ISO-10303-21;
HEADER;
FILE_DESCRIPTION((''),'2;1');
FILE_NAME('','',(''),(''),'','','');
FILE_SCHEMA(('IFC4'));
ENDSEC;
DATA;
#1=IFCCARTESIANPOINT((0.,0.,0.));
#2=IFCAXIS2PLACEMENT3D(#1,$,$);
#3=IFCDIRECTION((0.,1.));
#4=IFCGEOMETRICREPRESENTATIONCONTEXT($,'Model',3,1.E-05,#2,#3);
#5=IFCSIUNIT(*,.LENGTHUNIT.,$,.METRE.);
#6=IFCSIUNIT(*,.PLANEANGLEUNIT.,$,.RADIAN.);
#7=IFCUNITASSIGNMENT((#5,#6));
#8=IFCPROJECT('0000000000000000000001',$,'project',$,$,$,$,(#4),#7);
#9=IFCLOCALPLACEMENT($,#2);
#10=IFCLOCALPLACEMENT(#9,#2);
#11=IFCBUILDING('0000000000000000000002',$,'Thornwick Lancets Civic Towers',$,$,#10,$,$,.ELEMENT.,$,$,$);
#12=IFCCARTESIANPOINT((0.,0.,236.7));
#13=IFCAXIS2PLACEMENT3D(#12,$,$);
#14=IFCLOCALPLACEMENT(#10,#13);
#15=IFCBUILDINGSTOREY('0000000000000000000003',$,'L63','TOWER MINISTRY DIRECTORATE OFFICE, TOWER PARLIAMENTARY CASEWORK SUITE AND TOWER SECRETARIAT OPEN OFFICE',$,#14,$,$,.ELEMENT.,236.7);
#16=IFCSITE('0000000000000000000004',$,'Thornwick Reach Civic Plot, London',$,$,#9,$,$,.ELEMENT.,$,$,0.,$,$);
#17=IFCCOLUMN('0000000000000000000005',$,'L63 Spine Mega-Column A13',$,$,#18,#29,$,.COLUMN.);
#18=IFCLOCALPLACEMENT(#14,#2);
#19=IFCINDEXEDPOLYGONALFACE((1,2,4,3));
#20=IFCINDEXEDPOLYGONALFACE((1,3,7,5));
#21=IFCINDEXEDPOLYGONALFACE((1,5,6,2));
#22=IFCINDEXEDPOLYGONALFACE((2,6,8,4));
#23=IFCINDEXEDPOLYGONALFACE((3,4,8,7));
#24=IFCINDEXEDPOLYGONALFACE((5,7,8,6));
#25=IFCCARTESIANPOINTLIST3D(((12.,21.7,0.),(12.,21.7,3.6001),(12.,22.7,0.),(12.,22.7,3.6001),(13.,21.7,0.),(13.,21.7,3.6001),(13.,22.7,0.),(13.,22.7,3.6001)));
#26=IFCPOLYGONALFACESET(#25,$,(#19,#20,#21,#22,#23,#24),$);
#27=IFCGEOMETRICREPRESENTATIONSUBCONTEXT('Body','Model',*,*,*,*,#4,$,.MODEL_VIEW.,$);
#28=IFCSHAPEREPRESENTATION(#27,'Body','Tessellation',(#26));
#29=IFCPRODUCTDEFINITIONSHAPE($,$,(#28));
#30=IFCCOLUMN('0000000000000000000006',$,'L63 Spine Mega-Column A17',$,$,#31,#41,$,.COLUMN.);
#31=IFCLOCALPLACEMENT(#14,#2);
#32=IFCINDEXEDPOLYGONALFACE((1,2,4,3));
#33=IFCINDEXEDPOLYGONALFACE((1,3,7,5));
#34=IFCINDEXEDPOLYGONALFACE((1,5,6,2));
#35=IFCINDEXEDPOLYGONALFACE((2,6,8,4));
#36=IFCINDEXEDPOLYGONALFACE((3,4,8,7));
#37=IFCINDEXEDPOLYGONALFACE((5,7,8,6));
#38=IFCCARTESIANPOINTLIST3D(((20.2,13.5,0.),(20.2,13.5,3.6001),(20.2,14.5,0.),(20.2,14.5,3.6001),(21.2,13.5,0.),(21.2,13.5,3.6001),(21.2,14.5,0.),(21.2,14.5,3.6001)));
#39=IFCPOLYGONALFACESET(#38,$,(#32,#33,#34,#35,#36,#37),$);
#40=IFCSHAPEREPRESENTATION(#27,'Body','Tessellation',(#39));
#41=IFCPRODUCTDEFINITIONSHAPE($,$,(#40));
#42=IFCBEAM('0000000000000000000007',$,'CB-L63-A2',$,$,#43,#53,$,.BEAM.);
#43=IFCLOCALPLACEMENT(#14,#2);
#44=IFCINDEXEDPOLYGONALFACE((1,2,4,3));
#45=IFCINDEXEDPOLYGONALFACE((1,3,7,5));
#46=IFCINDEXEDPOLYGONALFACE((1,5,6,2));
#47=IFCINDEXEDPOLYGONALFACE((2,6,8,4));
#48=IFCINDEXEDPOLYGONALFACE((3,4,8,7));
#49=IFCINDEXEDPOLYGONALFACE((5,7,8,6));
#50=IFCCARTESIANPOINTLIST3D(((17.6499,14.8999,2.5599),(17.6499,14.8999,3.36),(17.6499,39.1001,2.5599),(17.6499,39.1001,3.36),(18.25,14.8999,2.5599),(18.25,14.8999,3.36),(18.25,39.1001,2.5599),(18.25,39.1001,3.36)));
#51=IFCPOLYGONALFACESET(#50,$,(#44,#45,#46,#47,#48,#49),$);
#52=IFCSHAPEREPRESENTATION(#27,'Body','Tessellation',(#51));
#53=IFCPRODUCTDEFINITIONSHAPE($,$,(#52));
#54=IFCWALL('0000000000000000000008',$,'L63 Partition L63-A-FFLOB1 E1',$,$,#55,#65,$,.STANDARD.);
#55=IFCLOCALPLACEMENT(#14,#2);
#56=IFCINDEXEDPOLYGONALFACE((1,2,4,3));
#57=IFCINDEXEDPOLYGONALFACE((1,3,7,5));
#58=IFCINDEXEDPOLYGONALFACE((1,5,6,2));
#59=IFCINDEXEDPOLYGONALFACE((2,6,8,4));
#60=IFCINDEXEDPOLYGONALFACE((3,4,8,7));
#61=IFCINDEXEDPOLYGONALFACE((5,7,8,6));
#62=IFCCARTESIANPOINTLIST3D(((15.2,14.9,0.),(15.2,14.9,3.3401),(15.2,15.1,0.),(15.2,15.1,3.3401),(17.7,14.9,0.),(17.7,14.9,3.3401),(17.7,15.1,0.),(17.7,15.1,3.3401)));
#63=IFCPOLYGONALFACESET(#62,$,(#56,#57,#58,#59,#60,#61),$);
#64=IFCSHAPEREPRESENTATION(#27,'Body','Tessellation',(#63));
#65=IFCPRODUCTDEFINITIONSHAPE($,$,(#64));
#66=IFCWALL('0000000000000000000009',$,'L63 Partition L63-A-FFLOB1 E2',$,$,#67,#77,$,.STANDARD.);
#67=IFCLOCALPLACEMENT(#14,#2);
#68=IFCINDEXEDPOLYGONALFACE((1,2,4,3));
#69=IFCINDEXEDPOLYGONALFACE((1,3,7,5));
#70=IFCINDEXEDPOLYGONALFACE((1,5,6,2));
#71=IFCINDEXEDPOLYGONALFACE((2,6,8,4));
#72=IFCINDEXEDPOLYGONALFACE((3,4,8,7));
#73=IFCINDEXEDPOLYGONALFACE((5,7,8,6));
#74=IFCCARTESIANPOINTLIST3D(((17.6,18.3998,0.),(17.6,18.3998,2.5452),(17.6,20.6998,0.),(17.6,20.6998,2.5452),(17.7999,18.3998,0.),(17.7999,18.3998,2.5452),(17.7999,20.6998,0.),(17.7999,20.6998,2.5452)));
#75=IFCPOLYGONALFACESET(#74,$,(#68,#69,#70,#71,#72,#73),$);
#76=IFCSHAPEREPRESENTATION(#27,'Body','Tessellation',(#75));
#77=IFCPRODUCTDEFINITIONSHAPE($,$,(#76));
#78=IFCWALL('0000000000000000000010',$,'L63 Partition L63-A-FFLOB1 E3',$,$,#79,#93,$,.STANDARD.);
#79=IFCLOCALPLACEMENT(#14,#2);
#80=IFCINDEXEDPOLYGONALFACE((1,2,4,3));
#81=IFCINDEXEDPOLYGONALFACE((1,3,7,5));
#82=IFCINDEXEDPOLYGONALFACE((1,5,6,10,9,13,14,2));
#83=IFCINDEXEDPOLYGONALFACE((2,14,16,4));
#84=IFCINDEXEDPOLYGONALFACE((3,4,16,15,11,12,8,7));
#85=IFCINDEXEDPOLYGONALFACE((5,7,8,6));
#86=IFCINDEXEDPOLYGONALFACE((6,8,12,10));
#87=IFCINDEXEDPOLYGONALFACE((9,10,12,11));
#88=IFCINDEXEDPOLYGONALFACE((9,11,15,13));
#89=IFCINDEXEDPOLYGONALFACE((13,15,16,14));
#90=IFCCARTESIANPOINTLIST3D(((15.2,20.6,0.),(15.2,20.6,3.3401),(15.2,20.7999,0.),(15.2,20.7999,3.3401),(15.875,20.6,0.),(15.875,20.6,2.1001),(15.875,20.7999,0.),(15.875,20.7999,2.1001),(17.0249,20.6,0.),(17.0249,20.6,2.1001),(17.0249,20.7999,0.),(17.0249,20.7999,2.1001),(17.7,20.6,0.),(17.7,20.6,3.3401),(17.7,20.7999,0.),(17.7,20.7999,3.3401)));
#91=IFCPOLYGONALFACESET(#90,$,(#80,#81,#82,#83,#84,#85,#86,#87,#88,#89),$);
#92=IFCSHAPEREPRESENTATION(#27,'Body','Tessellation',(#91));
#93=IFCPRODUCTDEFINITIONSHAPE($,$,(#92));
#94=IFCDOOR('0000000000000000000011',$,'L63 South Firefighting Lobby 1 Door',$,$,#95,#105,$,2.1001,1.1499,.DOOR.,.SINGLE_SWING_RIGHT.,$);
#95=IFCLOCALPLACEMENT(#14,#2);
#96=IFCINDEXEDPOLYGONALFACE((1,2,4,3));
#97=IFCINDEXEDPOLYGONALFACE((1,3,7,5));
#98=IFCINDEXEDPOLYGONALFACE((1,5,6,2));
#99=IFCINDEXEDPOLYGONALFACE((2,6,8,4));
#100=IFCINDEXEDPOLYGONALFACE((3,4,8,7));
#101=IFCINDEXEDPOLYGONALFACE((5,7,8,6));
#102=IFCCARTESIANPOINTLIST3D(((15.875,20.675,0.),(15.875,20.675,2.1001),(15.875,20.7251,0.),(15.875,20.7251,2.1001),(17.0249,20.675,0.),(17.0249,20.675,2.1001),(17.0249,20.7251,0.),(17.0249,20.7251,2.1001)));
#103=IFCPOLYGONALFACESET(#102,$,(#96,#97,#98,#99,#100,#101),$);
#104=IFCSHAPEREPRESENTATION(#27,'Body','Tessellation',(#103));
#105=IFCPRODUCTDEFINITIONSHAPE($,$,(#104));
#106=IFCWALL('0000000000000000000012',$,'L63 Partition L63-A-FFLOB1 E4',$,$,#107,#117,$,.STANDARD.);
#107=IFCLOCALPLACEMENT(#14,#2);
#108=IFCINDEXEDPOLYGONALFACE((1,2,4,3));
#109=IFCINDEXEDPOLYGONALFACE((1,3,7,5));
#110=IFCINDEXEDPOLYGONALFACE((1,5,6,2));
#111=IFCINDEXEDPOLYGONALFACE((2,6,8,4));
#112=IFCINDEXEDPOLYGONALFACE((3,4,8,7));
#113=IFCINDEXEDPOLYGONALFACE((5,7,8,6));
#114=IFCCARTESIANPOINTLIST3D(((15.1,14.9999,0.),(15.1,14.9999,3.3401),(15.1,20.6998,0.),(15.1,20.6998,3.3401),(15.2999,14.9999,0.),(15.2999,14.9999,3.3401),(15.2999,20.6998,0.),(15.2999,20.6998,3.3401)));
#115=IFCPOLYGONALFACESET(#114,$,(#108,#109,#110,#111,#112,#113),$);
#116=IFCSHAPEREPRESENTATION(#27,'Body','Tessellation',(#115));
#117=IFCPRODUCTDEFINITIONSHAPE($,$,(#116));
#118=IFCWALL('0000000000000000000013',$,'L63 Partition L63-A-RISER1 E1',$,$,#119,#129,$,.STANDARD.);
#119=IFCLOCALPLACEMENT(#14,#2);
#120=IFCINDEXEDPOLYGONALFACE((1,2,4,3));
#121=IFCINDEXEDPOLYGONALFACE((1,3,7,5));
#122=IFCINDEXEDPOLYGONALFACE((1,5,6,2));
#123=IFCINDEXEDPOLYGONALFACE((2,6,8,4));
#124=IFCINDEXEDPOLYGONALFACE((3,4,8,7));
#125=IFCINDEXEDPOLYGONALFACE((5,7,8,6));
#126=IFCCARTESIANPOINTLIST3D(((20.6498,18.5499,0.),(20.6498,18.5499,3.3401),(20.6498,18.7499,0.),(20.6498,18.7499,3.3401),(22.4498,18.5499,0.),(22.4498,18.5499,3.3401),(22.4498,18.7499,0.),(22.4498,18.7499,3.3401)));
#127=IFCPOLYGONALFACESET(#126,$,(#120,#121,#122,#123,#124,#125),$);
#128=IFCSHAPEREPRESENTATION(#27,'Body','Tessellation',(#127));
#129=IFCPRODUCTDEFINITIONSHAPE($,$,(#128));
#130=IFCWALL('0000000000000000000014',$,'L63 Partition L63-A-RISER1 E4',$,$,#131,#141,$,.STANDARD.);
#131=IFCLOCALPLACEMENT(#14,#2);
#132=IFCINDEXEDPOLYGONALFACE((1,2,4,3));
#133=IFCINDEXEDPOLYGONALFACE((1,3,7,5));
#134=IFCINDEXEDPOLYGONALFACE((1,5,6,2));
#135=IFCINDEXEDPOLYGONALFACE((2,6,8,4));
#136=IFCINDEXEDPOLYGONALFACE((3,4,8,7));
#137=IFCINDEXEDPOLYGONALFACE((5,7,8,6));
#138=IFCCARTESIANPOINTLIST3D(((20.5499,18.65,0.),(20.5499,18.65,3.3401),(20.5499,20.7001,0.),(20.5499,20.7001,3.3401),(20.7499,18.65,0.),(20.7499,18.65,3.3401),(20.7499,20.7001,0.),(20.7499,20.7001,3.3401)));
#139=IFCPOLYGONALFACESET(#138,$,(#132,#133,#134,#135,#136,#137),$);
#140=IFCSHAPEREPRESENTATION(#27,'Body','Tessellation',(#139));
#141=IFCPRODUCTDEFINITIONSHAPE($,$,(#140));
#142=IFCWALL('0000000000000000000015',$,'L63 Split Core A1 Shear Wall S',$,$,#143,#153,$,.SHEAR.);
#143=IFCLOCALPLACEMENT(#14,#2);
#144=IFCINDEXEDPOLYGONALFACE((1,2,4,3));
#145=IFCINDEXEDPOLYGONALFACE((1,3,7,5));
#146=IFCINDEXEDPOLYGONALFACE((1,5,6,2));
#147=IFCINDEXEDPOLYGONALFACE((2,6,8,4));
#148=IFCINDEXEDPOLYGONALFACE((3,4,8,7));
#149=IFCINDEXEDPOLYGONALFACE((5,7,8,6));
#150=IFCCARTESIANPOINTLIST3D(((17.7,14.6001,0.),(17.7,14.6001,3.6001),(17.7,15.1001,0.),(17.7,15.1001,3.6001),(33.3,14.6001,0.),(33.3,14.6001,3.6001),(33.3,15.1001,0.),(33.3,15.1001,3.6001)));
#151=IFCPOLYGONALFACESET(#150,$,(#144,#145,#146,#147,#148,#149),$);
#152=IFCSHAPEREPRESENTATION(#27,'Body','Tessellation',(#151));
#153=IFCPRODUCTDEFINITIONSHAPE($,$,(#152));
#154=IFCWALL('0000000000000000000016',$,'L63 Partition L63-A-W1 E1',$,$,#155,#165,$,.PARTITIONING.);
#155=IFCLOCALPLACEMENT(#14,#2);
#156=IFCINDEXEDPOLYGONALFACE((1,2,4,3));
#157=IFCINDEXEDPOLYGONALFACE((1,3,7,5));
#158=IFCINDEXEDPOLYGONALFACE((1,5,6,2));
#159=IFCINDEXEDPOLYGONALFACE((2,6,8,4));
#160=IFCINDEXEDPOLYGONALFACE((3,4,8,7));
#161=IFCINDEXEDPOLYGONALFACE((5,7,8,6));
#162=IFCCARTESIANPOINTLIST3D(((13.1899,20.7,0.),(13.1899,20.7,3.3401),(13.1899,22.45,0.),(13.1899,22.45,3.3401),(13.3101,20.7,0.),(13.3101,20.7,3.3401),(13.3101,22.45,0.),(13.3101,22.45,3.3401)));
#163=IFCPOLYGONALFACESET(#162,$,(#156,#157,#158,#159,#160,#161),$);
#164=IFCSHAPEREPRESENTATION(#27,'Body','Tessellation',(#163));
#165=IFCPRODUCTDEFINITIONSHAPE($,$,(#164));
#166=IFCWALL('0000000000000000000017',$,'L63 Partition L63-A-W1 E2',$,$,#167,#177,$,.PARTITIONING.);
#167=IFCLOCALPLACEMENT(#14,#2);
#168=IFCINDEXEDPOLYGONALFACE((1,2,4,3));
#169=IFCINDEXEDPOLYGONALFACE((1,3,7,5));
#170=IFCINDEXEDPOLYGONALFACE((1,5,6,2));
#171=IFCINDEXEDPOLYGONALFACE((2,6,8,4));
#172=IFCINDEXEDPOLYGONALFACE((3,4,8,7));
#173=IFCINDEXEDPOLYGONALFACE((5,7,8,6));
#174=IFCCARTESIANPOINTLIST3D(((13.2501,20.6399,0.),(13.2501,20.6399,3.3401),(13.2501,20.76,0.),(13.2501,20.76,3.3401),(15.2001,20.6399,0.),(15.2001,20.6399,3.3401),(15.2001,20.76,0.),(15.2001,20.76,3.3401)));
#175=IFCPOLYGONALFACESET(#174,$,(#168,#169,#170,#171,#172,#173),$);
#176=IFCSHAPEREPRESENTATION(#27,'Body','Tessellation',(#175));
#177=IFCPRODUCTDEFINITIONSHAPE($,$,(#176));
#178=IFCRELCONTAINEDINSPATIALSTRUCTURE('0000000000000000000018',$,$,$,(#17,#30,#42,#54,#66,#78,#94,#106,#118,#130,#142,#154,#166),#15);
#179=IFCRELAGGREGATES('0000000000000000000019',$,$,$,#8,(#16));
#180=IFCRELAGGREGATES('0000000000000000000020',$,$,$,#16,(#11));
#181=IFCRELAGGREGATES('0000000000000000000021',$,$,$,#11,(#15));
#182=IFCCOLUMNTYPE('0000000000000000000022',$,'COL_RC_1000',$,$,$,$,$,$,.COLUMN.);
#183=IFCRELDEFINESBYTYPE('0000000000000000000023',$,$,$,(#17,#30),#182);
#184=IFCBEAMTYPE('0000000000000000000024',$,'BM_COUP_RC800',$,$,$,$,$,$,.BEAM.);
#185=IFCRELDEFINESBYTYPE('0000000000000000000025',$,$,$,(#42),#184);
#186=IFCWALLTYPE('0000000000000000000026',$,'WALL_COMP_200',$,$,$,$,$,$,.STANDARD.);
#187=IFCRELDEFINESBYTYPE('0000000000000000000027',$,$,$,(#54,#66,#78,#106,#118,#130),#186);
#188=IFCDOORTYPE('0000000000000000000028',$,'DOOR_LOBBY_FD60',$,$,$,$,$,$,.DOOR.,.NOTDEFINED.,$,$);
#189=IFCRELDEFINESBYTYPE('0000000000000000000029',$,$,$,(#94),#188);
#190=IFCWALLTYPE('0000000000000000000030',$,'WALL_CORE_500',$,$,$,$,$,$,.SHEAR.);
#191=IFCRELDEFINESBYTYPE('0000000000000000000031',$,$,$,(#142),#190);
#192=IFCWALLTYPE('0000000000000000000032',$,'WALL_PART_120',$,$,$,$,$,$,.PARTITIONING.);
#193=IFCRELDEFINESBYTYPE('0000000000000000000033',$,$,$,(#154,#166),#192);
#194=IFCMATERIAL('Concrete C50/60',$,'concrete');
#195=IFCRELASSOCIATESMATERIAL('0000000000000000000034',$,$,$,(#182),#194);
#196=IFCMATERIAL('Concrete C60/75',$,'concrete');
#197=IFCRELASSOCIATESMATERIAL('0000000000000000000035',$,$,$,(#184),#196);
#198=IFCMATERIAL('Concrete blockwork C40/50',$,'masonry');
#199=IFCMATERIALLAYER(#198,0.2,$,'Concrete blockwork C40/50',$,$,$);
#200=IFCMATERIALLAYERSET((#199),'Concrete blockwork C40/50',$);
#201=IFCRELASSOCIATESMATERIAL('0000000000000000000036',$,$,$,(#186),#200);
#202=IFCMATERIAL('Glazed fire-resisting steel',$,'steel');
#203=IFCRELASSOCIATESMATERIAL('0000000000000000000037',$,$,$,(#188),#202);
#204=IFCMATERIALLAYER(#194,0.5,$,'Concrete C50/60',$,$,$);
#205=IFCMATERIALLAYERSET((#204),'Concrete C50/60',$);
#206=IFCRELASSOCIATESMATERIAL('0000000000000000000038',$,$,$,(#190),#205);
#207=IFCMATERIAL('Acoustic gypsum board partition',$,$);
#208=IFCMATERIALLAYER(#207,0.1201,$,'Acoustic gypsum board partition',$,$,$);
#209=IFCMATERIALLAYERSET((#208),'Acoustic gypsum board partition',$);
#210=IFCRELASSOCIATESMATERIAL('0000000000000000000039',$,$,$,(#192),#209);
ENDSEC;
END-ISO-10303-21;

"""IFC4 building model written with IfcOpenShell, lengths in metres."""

from ifc_helpers import new_model, si_unit, direction, frame, frame_2d, origin, origin_2d, place, context, subcontext, project, spatial, rectangle, extrude, material, layer, layer_set, material_profile, profile_set, type_object, element, fill, save


model = new_model("IFC4")

# Units and contexts
model_context = context("Model", 3, precision=1e-05, world=origin(), true_north=direction((0.0, 1.0)))
body_context = subcontext(model_context, "Body", "Model", "MODEL_VIEW")
ifc_project = project(units=[si_unit("LENGTHUNIT", "METRE"), si_unit("PLANEANGLEUNIT", "RADIAN")], contexts=[model_context])

# Site, building, storey
site_placement = place(None, origin())
site = spatial("IfcSite", under=ifc_project, at=site_placement, Name="Thornwick Reach Civic Plot, London", CompositionType="ELEMENT", RefElevation=0.0)
building_placement = place(site_placement, origin())
building = spatial("IfcBuilding", under=site, at=building_placement, Name="Thornwick Lancets Civic Towers", CompositionType="ELEMENT")
storey_placement = place(building_placement, frame((0.0, 0.0, 236.7)))
storey = spatial("IfcBuildingStorey", under=building, at=storey_placement, Name="L63", Description="TOWER MINISTRY DIRECTORATE OFFICE, TOWER PARLIAMENTARY CASEWORK SUITE AND TOWER SECRETARIAT OPEN OFFICE", CompositionType="ELEMENT", Elevation=236.7)

# Columns
ifc_material_1 = material(Name="Concrete C50/60", Category="concrete")
ifc_material_profile_1 = material_profile(ifc_material_1, rectangle(XDim=1.0, YDim=1.0, at=origin_2d()), Name="RC 1000x1000")
ifc_profile_set_1 = profile_set([ifc_material_profile_1], Name="Concrete C50/60")
column_type = type_object("IfcColumnType", Name="COL_RC_1000", PredefinedType="COLUMN", material=ifc_profile_set_1)
for number, where, z_axis, x_axis, name in (
    (1, (12.5, 22.2, 0.0), (0.0, 0.0, 1.0), (1.0, 0.0, 0.0), "L63 Spine Mega-Column A13"),
    (2, (20.7, 14.0, 0.0), (0.0, 0.0, 1.0), (1.0, 0.0, 0.0), "L63 Spine Mega-Column A17"),
):
    element("IfcColumn", number, at=place(storey_placement, frame(where, z_axis=z_axis, x_axis=x_axis)), inside=storey, type_object=column_type, Name=name, PredefinedType="COLUMN", context=body_context, shape_type="SweptSolid", body=[
        extrude(rectangle(XDim=1.0, YDim=1.0, at=origin_2d()), origin(), (0.0, 0.0, 1.0), 3.6001),
    ])

# Beam
ifc_material_2 = material(Name="Concrete C60/75", Category="concrete")
ifc_material_profile_2 = material_profile(ifc_material_2, rectangle(XDim=0.6001, YDim=0.8, at=origin_2d()), Name="RC 600x800")
ifc_profile_set_2 = profile_set([ifc_material_profile_2], Name="Concrete C60/75")
beam_type = type_object("IfcBeamType", Name="BM_COUP_RC800", PredefinedType="BEAM", material=ifc_profile_set_2)
beam_placement = place(storey_placement, frame((17.95, 14.8999, 2.96), z_axis=(0.0, 1.0, 0.0), x_axis=(-1.0, 0.0, 0.0)))
element("IfcBeam", 3, at=beam_placement, inside=storey, type_object=beam_type, Name="CB-L63-A2", PredefinedType="BEAM", context=body_context, shape_type="SweptSolid", body=[
    extrude(rectangle(XDim=0.6001, YDim=0.8, at=origin_2d()), origin(), (0.0, 0.0, 1.0), 24.2002),
])

# Walls
ifc_material_3 = material(Name="Concrete blockwork C40/50", Category="masonry")
ifc_layer_1 = layer(ifc_material_3, 0.2, Name="Concrete blockwork C40/50")
ifc_layer_set_1 = layer_set([ifc_layer_1], Name="Concrete blockwork C40/50")
wall_type_1 = type_object("IfcWallType", Name="WALL_COMP_200", PredefinedType="STANDARD", material=ifc_layer_set_1)
wall_1_placement = place(storey_placement, frame((15.2, 15.0, 0.0), z_axis=(0.0, 0.0, 1.0), x_axis=(1.0, 0.0, 0.0)))
element("IfcWall", 4, at=wall_1_placement, inside=storey, type_object=wall_type_1, Name="L63 Partition L63-A-FFLOB1 E1", PredefinedType="STANDARD", context=body_context, shape_type="SweptSolid", body=[
    extrude(rectangle(XDim=2.5, YDim=0.2, at=frame_2d((1.25, 0.0))), origin(), (0.0, 0.0, 1.0), 3.3401),
])
wall_2_placement = place(storey_placement, frame((17.7, 18.3999, 0.0), z_axis=(0.0, 0.0, 1.0), x_axis=(0.0, 1.0, 0.0)))
element("IfcWall", 5, at=wall_2_placement, inside=storey, type_object=wall_type_1, Name="L63 Partition L63-A-FFLOB1 E2", PredefinedType="STANDARD", context=body_context, shape_type="SweptSolid", body=[
    extrude(rectangle(XDim=2.3, YDim=0.2, at=frame_2d((1.1499, 0.0))), origin(), (0.0, 0.0, 1.0), 2.5452),
])

# Wall, opening, door
wall_3_placement = place(storey_placement, frame((17.7, 20.7, 0.0), z_axis=(0.0, 0.0, 1.0), x_axis=(-1.0, 0.0, 0.0)))
wall_3 = element("IfcWall", 6, at=wall_3_placement, inside=storey, type_object=wall_type_1, Name="L63 Partition L63-A-FFLOB1 E3", PredefinedType="STANDARD", context=body_context, shape_type="SweptSolid", body=[
    extrude(rectangle(XDim=2.5, YDim=0.2, at=frame_2d((1.25, 0.0))), origin(), (0.0, 0.0, 1.0), 3.3401),
])
opening_1_placement = place(wall_3_placement, frame((0.675, 0.0, 0.0)))
opening_1 = element("IfcOpeningElement", 7, at=opening_1_placement, cuts=wall_3, PredefinedType="OPENING", context=body_context, shape_type="SweptSolid", body=[
    extrude(rectangle(XDim=1.1499, YDim=2.1001, at=frame_2d((0.575, 1.05))), frame((0.0, 0.1099, 0.0), z_axis=(0.0, -1.0, 0.0), x_axis=(1.0, 0.0, 0.0)), (0.0, 0.0, 1.0), 0.22),
])
ifc_material_4 = material(Name="Glazed fire-resisting steel", Category="steel")
door_type_1 = type_object("IfcDoorType", Name="DOOR_LOBBY_FD60", OperationType="NOTDEFINED", PredefinedType="DOOR", material=ifc_material_4)
door_1_placement = place(opening_1_placement, origin())
door_1 = element("IfcDoor", 8, at=door_1_placement, inside=storey, type_object=door_type_1, Name="L63 South Firefighting Lobby 1 Door", OperationType="SINGLE_SWING_RIGHT", OverallHeight=2.1001, OverallWidth=1.1499, PredefinedType="DOOR", context=body_context, shape_type="SweptSolid", body=[
    extrude(rectangle(XDim=1.1499, YDim=2.1001, at=frame_2d((0.575, 1.05))), frame((0.0, 0.0249, 0.0), z_axis=(0.0, -1.0, 0.0), x_axis=(1.0, 0.0, 0.0)), (0.0, 0.0, 1.0), 0.05),
])
fill(opening_1, door_1)

# Walls
wall_4_placement = place(storey_placement, frame((15.2, 20.7, 0.0), z_axis=(0.0, 0.0, 1.0), x_axis=(0.0, -1.0, 0.0)))
element("IfcWall", 9, at=wall_4_placement, inside=storey, type_object=wall_type_1, Name="L63 Partition L63-A-FFLOB1 E4", PredefinedType="STANDARD", context=body_context, shape_type="SweptSolid", body=[
    extrude(rectangle(XDim=5.7, YDim=0.2, at=frame_2d((2.8501, 0.0))), origin(), (0.0, 0.0, 1.0), 3.3401),
])
wall_5_placement = place(storey_placement, frame((20.6499, 18.6499, 0.0), z_axis=(0.0, 0.0, 1.0), x_axis=(1.0, 0.0, 0.0)))
element("IfcWall", 10, at=wall_5_placement, inside=storey, type_object=wall_type_1, Name="L63 Partition L63-A-RISER1 E1", PredefinedType="STANDARD", context=body_context, shape_type="SweptSolid", body=[
    extrude(rectangle(XDim=1.8, YDim=0.2, at=frame_2d((0.8999, 0.0))), origin(), (0.0, 0.0, 1.0), 3.3401),
])
wall_6_placement = place(storey_placement, frame((20.6499, 20.7, 0.0), z_axis=(0.0, 0.0, 1.0), x_axis=(0.0, -1.0, 0.0)))
element("IfcWall", 11, at=wall_6_placement, inside=storey, type_object=wall_type_1, Name="L63 Partition L63-A-RISER1 E4", PredefinedType="STANDARD", context=body_context, shape_type="SweptSolid", body=[
    extrude(rectangle(XDim=2.05, YDim=0.2, at=frame_2d((1.0249, 0.0))), origin(), (0.0, 0.0, 1.0), 3.3401),
])
ifc_layer_2 = layer(ifc_material_1, 0.5, Name="Concrete C50/60")
ifc_layer_set_2 = layer_set([ifc_layer_2], Name="Concrete C50/60")
wall_type_2 = type_object("IfcWallType", Name="WALL_CORE_500", PredefinedType="SHEAR", material=ifc_layer_set_2)
wall_7_placement = place(storey_placement, frame((17.7, 14.8501, 0.0), z_axis=(0.0, 0.0, 1.0), x_axis=(1.0, 0.0, 0.0)))
element("IfcWall", 12, at=wall_7_placement, inside=storey, type_object=wall_type_2, Name="L63 Split Core A1 Shear Wall S", PredefinedType="SHEAR", context=body_context, shape_type="SweptSolid", body=[
    extrude(rectangle(XDim=15.6001, YDim=0.5, at=frame_2d((7.8, 0.0))), origin(), (0.0, 0.0, 1.0), 3.6001),
])
ifc_material_5 = material(Name="Acoustic gypsum board partition")
ifc_layer_3 = layer(ifc_material_5, 0.1201, Name="Acoustic gypsum board partition")
ifc_layer_set_3 = layer_set([ifc_layer_3], Name="Acoustic gypsum board partition")
wall_type_3 = type_object("IfcWallType", Name="WALL_PART_120", PredefinedType="PARTITIONING", material=ifc_layer_set_3)
wall_8_placement = place(storey_placement, frame((13.25, 22.45, 0.0), z_axis=(0.0, 0.0, 1.0), x_axis=(0.0, -1.0, 0.0)))
element("IfcWall", 13, at=wall_8_placement, inside=storey, type_object=wall_type_3, Name="L63 Partition L63-A-W1 E1", PredefinedType="PARTITIONING", context=body_context, shape_type="SweptSolid", body=[
    extrude(rectangle(XDim=1.75, YDim=0.1201, at=frame_2d((0.875, 0.0))), origin(), (0.0, 0.0, 1.0), 3.3401),
])
wall_9_placement = place(storey_placement, frame((13.25, 20.7, 0.0), z_axis=(0.0, 0.0, 1.0), x_axis=(1.0, 0.0, 0.0)))
element("IfcWall", 14, at=wall_9_placement, inside=storey, type_object=wall_type_3, Name="L63 Partition L63-A-W1 E2", PredefinedType="PARTITIONING", context=body_context, shape_type="SweptSolid", body=[
    extrude(rectangle(XDim=1.95, YDim=0.1201, at=frame_2d((0.9751, 0.0))), origin(), (0.0, 0.0, 1.0), 3.3401),
])

save(model, "model.ifc")
